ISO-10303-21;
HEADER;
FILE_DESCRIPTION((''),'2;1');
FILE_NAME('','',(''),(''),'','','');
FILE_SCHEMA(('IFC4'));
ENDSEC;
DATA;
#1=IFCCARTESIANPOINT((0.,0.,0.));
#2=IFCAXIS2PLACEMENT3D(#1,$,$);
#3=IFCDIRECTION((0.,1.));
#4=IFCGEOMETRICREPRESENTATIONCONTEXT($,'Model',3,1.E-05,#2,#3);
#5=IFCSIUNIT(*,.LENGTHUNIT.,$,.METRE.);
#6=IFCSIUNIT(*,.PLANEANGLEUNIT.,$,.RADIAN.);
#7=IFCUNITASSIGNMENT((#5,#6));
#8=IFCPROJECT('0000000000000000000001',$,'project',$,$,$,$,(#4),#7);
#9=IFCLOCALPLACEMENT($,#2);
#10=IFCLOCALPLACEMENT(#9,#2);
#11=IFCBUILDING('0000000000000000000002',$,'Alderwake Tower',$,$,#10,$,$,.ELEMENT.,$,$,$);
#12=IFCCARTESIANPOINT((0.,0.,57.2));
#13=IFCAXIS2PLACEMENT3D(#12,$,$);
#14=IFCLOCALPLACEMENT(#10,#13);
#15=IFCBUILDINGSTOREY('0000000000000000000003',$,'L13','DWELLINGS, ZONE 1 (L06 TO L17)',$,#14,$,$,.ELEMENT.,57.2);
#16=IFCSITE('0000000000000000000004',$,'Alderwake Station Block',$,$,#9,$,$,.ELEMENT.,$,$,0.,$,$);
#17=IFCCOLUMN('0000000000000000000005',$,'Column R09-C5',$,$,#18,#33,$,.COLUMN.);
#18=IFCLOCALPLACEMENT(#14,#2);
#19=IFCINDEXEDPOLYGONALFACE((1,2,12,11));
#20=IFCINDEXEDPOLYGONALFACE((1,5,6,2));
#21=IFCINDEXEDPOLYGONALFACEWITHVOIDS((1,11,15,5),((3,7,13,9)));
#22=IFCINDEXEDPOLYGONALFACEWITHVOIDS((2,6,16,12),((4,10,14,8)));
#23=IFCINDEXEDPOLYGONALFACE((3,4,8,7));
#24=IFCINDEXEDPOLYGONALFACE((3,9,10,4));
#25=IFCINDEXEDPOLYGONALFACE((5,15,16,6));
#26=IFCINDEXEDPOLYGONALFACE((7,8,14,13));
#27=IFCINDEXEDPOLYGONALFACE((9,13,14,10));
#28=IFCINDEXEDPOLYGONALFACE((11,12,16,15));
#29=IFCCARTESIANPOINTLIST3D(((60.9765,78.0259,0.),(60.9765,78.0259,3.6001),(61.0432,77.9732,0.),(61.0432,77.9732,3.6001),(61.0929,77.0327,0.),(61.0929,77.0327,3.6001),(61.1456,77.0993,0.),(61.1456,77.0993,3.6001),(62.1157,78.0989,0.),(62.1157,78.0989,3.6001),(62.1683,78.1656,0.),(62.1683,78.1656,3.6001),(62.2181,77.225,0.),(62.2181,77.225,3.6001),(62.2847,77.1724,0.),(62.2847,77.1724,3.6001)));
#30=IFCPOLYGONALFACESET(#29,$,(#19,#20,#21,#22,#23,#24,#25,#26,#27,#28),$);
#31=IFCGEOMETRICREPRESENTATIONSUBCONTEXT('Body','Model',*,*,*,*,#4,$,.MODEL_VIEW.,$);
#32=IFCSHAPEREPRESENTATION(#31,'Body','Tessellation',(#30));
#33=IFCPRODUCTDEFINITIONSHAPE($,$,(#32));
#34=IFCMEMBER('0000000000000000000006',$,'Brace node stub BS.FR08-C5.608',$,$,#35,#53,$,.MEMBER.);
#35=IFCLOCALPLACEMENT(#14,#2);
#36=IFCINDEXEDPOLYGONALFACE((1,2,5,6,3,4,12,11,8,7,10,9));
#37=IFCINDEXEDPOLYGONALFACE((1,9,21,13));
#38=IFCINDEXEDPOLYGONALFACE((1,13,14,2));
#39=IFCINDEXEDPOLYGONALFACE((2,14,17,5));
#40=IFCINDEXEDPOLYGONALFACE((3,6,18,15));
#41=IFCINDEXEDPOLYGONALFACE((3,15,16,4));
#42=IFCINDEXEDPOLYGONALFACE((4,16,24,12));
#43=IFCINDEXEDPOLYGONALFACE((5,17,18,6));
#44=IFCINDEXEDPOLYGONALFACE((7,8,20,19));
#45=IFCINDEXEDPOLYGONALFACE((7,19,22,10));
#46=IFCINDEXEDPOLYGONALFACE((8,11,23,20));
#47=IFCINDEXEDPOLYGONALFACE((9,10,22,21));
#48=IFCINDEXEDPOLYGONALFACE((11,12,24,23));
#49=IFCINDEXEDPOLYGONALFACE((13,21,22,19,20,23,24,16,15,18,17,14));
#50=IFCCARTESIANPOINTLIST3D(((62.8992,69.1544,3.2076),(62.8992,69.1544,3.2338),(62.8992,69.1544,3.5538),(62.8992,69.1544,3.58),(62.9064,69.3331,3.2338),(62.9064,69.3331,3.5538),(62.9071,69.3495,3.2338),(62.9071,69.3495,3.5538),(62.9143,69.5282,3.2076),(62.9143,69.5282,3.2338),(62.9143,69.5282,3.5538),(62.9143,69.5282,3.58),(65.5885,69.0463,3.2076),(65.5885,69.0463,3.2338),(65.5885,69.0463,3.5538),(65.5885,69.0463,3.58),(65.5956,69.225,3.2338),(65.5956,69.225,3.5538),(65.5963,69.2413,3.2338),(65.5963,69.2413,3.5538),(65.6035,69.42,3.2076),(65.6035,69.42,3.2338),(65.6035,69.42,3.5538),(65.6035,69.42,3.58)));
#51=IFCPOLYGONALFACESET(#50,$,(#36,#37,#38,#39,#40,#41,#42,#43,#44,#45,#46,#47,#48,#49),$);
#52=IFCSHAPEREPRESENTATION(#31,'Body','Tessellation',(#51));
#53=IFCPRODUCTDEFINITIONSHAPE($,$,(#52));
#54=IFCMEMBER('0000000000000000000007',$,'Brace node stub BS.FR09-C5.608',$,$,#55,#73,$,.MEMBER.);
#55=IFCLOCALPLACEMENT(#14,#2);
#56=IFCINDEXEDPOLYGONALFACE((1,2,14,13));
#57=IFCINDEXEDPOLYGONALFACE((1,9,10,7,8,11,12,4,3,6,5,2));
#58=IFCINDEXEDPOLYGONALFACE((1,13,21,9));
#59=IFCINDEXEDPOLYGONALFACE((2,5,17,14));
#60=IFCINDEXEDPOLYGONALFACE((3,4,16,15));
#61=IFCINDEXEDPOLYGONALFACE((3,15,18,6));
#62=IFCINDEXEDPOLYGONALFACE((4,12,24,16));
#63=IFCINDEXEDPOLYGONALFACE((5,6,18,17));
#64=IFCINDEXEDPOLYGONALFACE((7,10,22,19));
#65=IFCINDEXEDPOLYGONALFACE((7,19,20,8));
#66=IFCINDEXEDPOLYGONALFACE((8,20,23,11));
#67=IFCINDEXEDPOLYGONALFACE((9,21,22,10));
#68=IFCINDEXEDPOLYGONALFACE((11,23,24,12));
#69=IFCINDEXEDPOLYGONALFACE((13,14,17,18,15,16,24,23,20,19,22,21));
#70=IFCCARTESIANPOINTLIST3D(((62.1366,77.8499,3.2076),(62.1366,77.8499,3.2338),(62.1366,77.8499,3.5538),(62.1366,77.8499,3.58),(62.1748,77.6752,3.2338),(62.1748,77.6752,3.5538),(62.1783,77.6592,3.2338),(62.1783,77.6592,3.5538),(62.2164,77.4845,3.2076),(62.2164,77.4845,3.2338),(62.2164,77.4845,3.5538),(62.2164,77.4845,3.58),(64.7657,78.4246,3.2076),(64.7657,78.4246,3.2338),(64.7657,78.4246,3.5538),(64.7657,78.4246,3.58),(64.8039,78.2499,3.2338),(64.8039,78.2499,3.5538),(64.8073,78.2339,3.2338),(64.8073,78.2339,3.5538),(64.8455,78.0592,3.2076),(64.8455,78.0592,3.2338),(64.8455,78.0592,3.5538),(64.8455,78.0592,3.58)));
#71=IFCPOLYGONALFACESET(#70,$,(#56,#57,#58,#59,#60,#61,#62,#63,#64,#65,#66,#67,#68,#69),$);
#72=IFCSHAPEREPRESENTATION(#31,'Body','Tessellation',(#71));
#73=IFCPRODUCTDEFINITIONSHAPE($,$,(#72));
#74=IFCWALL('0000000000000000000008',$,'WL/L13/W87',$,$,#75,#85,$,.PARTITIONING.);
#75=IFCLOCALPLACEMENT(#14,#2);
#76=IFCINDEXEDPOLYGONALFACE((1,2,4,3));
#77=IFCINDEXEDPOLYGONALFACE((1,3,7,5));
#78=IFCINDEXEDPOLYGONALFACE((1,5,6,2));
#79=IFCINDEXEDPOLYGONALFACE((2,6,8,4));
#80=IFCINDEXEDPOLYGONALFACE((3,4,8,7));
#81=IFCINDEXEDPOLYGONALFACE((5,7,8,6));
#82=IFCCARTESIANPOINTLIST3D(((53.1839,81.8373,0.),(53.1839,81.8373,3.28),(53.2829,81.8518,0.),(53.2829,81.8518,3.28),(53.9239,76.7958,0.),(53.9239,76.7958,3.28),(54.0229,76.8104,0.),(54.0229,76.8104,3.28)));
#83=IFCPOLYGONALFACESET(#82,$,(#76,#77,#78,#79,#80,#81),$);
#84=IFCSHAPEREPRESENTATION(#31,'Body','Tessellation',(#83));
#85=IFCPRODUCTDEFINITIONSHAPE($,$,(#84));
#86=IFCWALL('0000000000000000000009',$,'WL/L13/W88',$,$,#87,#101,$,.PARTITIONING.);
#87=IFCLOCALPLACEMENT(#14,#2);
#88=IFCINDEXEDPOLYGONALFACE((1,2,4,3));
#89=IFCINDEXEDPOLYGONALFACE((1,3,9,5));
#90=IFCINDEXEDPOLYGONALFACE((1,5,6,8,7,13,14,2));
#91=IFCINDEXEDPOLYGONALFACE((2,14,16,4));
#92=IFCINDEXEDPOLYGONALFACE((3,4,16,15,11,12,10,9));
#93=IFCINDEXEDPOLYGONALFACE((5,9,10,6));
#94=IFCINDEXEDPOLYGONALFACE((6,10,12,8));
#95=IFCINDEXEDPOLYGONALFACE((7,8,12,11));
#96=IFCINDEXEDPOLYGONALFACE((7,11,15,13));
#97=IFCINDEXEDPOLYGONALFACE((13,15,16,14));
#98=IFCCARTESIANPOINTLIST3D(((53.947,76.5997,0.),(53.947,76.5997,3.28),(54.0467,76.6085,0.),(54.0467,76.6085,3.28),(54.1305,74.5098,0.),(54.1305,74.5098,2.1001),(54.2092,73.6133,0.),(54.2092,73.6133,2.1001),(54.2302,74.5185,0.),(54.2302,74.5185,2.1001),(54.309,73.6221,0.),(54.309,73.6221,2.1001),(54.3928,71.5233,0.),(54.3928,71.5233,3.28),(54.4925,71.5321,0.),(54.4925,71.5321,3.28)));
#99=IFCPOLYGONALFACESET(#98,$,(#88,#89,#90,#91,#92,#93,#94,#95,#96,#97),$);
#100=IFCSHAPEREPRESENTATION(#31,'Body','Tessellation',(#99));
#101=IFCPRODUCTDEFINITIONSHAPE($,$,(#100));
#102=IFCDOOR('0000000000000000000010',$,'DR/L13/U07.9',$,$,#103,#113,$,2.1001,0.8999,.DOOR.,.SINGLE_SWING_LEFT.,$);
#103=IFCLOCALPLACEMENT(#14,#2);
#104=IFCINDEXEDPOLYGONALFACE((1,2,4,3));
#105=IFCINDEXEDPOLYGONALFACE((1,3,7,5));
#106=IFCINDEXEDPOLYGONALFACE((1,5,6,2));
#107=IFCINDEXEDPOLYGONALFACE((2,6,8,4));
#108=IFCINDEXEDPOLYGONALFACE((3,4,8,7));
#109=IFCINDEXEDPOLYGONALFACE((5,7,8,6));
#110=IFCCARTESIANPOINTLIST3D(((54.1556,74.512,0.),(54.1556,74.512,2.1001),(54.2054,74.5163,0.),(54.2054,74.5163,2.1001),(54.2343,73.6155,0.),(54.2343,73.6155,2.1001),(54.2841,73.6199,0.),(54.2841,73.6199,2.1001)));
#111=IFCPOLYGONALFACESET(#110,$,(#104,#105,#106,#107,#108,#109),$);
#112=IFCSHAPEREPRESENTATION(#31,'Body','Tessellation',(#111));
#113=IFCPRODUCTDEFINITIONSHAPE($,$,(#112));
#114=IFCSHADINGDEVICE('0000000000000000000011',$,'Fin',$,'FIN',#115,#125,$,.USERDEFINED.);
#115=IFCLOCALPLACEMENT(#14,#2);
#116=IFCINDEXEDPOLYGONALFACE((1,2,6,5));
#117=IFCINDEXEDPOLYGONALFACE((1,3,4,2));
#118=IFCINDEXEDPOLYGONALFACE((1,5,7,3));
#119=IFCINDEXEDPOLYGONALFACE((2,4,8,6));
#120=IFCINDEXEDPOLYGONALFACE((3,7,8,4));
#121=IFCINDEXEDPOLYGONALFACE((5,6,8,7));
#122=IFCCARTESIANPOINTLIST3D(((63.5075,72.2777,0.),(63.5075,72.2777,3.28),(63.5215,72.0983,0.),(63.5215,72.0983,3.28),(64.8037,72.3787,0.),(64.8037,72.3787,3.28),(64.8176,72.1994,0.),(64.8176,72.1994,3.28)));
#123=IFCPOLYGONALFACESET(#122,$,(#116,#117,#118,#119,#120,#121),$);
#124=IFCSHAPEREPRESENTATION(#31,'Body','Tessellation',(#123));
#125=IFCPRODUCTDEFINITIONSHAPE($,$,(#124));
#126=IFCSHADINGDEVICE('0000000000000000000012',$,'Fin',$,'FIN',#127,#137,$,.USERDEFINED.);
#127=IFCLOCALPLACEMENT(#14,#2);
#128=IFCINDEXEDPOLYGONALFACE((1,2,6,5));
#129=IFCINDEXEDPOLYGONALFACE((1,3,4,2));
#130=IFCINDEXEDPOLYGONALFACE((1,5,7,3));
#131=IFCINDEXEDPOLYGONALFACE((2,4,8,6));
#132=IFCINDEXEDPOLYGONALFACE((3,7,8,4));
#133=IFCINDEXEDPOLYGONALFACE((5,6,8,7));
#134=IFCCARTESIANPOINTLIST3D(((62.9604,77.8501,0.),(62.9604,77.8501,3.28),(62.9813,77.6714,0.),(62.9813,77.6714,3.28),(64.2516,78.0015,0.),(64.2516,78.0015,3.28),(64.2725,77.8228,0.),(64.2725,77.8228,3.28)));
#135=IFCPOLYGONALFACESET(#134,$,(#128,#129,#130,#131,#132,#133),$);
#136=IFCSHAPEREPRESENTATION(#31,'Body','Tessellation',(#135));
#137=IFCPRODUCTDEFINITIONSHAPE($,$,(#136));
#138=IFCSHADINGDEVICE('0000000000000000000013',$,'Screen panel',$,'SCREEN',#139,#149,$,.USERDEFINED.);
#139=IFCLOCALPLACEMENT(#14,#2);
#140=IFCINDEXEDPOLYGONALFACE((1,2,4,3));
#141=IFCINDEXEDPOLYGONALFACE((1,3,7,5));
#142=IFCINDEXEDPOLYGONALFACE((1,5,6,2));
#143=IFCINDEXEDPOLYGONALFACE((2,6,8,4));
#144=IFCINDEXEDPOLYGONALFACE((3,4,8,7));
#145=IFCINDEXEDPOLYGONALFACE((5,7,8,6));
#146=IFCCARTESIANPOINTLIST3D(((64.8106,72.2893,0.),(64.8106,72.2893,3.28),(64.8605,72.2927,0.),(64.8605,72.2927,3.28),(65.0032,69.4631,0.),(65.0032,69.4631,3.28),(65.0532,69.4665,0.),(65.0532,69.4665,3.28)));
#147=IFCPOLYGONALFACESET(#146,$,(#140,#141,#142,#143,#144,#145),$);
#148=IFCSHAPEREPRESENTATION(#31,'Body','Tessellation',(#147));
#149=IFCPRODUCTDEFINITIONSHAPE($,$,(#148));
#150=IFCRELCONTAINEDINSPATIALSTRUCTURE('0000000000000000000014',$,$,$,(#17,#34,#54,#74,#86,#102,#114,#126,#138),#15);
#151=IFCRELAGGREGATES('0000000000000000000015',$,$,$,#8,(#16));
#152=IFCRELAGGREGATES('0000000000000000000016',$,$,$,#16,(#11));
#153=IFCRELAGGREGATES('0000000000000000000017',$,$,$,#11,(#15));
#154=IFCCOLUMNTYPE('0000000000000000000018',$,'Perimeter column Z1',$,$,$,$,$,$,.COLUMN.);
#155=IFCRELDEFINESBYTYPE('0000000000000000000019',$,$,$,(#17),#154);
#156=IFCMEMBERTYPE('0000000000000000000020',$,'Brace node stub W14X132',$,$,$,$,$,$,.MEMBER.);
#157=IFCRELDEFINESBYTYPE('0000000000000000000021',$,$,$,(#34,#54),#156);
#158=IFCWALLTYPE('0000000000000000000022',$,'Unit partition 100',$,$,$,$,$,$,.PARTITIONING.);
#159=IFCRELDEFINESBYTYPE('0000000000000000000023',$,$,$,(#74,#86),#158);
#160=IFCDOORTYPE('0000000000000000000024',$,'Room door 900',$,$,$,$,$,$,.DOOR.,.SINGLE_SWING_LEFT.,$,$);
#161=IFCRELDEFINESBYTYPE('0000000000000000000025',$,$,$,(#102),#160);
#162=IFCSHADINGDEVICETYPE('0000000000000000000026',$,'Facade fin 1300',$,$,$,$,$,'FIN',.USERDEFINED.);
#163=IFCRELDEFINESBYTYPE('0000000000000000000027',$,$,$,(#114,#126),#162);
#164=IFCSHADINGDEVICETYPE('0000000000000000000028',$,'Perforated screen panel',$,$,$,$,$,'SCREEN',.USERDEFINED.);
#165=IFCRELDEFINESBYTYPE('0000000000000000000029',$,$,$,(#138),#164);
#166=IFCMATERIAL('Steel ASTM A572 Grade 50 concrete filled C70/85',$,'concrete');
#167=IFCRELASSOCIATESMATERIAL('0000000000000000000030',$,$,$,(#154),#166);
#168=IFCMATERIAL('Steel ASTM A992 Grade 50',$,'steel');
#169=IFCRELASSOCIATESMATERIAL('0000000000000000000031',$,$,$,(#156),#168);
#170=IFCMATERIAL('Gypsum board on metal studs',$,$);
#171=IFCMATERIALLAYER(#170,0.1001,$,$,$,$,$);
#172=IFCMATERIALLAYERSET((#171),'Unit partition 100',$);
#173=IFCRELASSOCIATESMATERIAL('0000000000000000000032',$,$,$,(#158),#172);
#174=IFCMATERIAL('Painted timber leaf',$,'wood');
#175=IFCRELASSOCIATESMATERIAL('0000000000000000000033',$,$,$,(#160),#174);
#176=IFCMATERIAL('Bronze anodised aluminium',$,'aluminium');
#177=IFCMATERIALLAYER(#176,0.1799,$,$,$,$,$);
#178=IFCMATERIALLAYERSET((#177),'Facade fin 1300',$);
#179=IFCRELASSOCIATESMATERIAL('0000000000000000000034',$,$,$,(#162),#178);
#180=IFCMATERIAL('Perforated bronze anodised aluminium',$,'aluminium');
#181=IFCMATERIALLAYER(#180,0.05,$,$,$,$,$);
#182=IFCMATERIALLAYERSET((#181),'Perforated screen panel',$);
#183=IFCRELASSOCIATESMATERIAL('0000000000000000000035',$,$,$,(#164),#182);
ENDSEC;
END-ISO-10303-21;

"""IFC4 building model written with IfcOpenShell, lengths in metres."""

from ifc_helpers import new_model, si_unit, direction, frame, frame_2d, origin, origin_2d, place, context, subcontext, project, spatial, rectangle, hollow_rectangle, i_section, extrude, material, layer, layer_set, material_profile, profile_set, type_object, element, fill, save


model = new_model("IFC4")

# Units and contexts
model_context = context("Model", 3, precision=1e-05, world=origin(), true_north=direction((0.0, 1.0)))
body_context = subcontext(model_context, "Body", "Model", "MODEL_VIEW")
ifc_project = project(units=[si_unit("LENGTHUNIT", "METRE"), si_unit("PLANEANGLEUNIT", "RADIAN")], contexts=[model_context])

# Site, building, storey
site_placement = place(None, origin())
site = spatial("IfcSite", under=ifc_project, at=site_placement, Name="Alderwake Station Block", CompositionType="ELEMENT", RefElevation=0.0)
building_placement = place(site_placement, origin())
building = spatial("IfcBuilding", under=site, at=building_placement, Name="Alderwake Tower", CompositionType="ELEMENT")
storey_placement = place(building_placement, frame((0.0, 0.0, 57.2)))
storey = spatial("IfcBuildingStorey", under=building, at=storey_placement, Name="L13", Description="DWELLINGS, ZONE 1 (L06 TO L17)", CompositionType="ELEMENT", Elevation=57.2)

# Column
ifc_material_1 = material(Name="Steel ASTM A572 Grade 50 concrete filled C70/85", Category="concrete")
ifc_material_profile_1 = material_profile(ifc_material_1, hollow_rectangle(XDim=1.0, YDim=1.2, WallThickness=0.0601, at=origin_2d()), Name="BOX 1200X1000X60")
ifc_profile_set_1 = profile_set([ifc_material_profile_1], Name="Steel ASTM A572 Grade 50 concrete filled C70/85")
column_type = type_object("IfcColumnType", Name="Perimeter column Z1", PredefinedType="COLUMN", material=ifc_profile_set_1)
column_placement = place(storey_placement, frame((61.6306, 77.5991, 0.0), z_axis=(0.0, 0.0, 1.0), x_axis=(-0.116402, 0.993202, 0.0)))
element("IfcColumn", 1, at=column_placement, inside=storey, type_object=column_type, Name="Column R09-C5", PredefinedType="COLUMN", context=body_context, shape_type="SweptSolid", body=[
    extrude(hollow_rectangle(XDim=1.0, YDim=1.2, WallThickness=0.0601, at=origin_2d()), origin(), (0.0, 0.0, 1.0), 3.6001),
])

# Members
ifc_material_2 = material(Name="Steel ASTM A992 Grade 50", Category="steel")
ifc_material_profile_2 = material_profile(ifc_material_2, i_section(OverallWidth=0.374, OverallDepth=0.3723, WebThickness=0.0164, FlangeThickness=0.0261, at=origin_2d()), Name="W14X132")
ifc_profile_set_2 = profile_set([ifc_material_profile_2], Name="Steel ASTM A992 Grade 50")
member_type = type_object("IfcMemberType", Name="Brace node stub W14X132", PredefinedType="MEMBER", material=ifc_profile_set_2)
member_1_placement = place(storey_placement, frame((62.9067, 69.3413, 3.3938), z_axis=(0.999192, -0.040185, 0.0), x_axis=(0.040185, 0.999192, 0.0)))
element("IfcMember", 2, at=member_1_placement, inside=storey, type_object=member_type, Name="Brace node stub BS.FR08-C5.608", PredefinedType="MEMBER", context=body_context, shape_type="SweptSolid", body=[
    extrude(i_section(OverallWidth=0.374, OverallDepth=0.3723, WebThickness=0.0164, FlangeThickness=0.0261, at=origin_2d()), origin(), (0.0, 0.0, 1.0), 2.6914),
])
member_2_placement = place(storey_placement, frame((62.1765, 77.6672, 3.3938), z_axis=(0.976933, 0.213548, 0.0), x_axis=(-0.213548, 0.976933, 0.0)))
element("IfcMember", 3, at=member_2_placement, inside=storey, type_object=member_type, Name="Brace node stub BS.FR09-C5.608", PredefinedType="MEMBER", context=body_context, shape_type="SweptSolid", body=[
    extrude(i_section(OverallWidth=0.374, OverallDepth=0.3723, WebThickness=0.0164, FlangeThickness=0.0261, at=origin_2d()), origin(), (0.0, 0.0, 1.0), 2.6912),
])

# Wall
ifc_material_3 = material(Name="Gypsum board on metal studs")
ifc_layer_1 = layer(ifc_material_3, 0.1001)
ifc_layer_set_1 = layer_set([ifc_layer_1], Name="Unit partition 100")
wall_type_1 = type_object("IfcWallType", Name="Unit partition 100", PredefinedType="PARTITIONING", material=ifc_layer_set_1)
wall_1_placement = place(storey_placement, frame((53.9734, 76.803, 0.0), z_axis=(0.0, 0.0, 1.0), x_axis=(-0.145224, 0.989399, 0.0)))
element("IfcWall", 4, at=wall_1_placement, inside=storey, type_object=wall_type_1, Name="WL/L13/W87", PredefinedType="PARTITIONING", context=body_context, shape_type="SweptSolid", body=[
    extrude(rectangle(XDim=5.0955, YDim=0.1001, at=frame_2d((2.5479, 0.0))), origin(), (0.0, 0.0, 1.0), 3.28),
])

# Wall, opening, door
wall_2_placement = place(storey_placement, frame((54.4426, 71.5278, 0.0), z_axis=(0.0, 0.0, 1.0), x_axis=(-0.087481, 0.996166, 0.0)))
wall_2 = element("IfcWall", 5, at=wall_2_placement, inside=storey, type_object=wall_type_1, Name="WL/L13/W88", PredefinedType="PARTITIONING", context=body_context, shape_type="SweptSolid", body=[
    extrude(rectangle(XDim=5.0959, YDim=0.1001, at=frame_2d((2.5479, 0.0))), origin(), (0.0, 0.0, 1.0), 3.28),
])
opening_1_placement = place(wall_2_placement, frame((2.0979, 0.0, 0.0)))
opening_1 = element("IfcOpeningElement", 6, at=opening_1_placement, cuts=wall_2, PredefinedType="OPENING", context=body_context, shape_type="SweptSolid", body=[
    extrude(rectangle(XDim=0.8999, YDim=2.1001, at=frame_2d((0.45, 1.05))), frame((0.0, 0.0601, 0.0), z_axis=(0.0, -1.0, 0.0), x_axis=(1.0, 0.0, 0.0)), (0.0, 0.0, 1.0), 0.1201),
])
ifc_material_4 = material(Name="Painted timber leaf", Category="wood")
door_type_1 = type_object("IfcDoorType", Name="Room door 900", OperationType="SINGLE_SWING_LEFT", PredefinedType="DOOR", material=ifc_material_4)
door_1_placement = place(opening_1_placement, origin())
door_1 = element("IfcDoor", 7, at=door_1_placement, inside=storey, type_object=door_type_1, Name="DR/L13/U07.9", OperationType="SINGLE_SWING_LEFT", OverallHeight=2.1001, OverallWidth=0.8999, PredefinedType="DOOR", context=body_context, shape_type="SweptSolid", body=[
    extrude(rectangle(XDim=0.8999, YDim=2.1001, at=frame_2d((0.45, 1.05))), frame((0.0, 0.0249, 0.0), z_axis=(0.0, -1.0, 0.0), x_axis=(1.0, 0.0, 0.0)), (0.0, 0.0, 1.0), 0.05),
])
fill(opening_1, door_1)

# Shading devices
ifc_material_5 = material(Name="Bronze anodised aluminium", Category="aluminium")
ifc_layer_2 = layer(ifc_material_5, 0.1799)
ifc_layer_set_2 = layer_set([ifc_layer_2], Name="Facade fin 1300")
shading_device_type_1 = type_object("IfcShadingDeviceType", Name="Facade fin 1300", ElementType="FIN", PredefinedType="USERDEFINED", material=ifc_layer_set_2)
for number, where, z_axis, x_axis, name in (
    (8, (64.1626, 72.2385, 0.0), (0.0, 0.0, 1.0), (0.996975, 0.077721, 0.0), "Fin"),
    (9, (63.6165, 77.8364, 0.0), (0.0, 0.0, 1.0), (0.993198, 0.116435, 0.0), "Fin"),
):
    element("IfcShadingDevice", number, at=place(storey_placement, frame(where, z_axis=z_axis, x_axis=x_axis)), inside=storey, type_object=shading_device_type_1, Name=name, ObjectType="FIN", PredefinedType="USERDEFINED", context=body_context, shape_type="SweptSolid", body=[
        extrude(rectangle(XDim=1.3, YDim=0.1799, at=origin_2d()), origin(), (0.0, 0.0, 1.0), 3.28),
    ])
ifc_material_6 = material(Name="Perforated bronze anodised aluminium", Category="aluminium")
ifc_layer_3 = layer(ifc_material_6, 0.05)
ifc_layer_set_3 = layer_set([ifc_layer_3], Name="Perforated screen panel")
shading_device_type_2 = type_object("IfcShadingDeviceType", Name="Perforated screen panel", ElementType="SCREEN", PredefinedType="USERDEFINED", material=ifc_layer_set_3)
shading_device_placement = place(storey_placement, frame((64.9319, 70.8779, 0.0), z_axis=(0.0, 0.0, 1.0), x_axis=(0.997685, 0.067998, 0.0)))
element("IfcShadingDevice", 10, at=shading_device_placement, inside=storey, type_object=shading_device_type_2, Name="Screen panel", ObjectType="SCREEN", PredefinedType="USERDEFINED", context=body_context, shape_type="SweptSolid", body=[
    extrude(rectangle(XDim=0.05, YDim=2.8328, at=origin_2d()), origin(), (0.0, 0.0, 1.0), 3.28),
])

save(model, "model.ifc")
